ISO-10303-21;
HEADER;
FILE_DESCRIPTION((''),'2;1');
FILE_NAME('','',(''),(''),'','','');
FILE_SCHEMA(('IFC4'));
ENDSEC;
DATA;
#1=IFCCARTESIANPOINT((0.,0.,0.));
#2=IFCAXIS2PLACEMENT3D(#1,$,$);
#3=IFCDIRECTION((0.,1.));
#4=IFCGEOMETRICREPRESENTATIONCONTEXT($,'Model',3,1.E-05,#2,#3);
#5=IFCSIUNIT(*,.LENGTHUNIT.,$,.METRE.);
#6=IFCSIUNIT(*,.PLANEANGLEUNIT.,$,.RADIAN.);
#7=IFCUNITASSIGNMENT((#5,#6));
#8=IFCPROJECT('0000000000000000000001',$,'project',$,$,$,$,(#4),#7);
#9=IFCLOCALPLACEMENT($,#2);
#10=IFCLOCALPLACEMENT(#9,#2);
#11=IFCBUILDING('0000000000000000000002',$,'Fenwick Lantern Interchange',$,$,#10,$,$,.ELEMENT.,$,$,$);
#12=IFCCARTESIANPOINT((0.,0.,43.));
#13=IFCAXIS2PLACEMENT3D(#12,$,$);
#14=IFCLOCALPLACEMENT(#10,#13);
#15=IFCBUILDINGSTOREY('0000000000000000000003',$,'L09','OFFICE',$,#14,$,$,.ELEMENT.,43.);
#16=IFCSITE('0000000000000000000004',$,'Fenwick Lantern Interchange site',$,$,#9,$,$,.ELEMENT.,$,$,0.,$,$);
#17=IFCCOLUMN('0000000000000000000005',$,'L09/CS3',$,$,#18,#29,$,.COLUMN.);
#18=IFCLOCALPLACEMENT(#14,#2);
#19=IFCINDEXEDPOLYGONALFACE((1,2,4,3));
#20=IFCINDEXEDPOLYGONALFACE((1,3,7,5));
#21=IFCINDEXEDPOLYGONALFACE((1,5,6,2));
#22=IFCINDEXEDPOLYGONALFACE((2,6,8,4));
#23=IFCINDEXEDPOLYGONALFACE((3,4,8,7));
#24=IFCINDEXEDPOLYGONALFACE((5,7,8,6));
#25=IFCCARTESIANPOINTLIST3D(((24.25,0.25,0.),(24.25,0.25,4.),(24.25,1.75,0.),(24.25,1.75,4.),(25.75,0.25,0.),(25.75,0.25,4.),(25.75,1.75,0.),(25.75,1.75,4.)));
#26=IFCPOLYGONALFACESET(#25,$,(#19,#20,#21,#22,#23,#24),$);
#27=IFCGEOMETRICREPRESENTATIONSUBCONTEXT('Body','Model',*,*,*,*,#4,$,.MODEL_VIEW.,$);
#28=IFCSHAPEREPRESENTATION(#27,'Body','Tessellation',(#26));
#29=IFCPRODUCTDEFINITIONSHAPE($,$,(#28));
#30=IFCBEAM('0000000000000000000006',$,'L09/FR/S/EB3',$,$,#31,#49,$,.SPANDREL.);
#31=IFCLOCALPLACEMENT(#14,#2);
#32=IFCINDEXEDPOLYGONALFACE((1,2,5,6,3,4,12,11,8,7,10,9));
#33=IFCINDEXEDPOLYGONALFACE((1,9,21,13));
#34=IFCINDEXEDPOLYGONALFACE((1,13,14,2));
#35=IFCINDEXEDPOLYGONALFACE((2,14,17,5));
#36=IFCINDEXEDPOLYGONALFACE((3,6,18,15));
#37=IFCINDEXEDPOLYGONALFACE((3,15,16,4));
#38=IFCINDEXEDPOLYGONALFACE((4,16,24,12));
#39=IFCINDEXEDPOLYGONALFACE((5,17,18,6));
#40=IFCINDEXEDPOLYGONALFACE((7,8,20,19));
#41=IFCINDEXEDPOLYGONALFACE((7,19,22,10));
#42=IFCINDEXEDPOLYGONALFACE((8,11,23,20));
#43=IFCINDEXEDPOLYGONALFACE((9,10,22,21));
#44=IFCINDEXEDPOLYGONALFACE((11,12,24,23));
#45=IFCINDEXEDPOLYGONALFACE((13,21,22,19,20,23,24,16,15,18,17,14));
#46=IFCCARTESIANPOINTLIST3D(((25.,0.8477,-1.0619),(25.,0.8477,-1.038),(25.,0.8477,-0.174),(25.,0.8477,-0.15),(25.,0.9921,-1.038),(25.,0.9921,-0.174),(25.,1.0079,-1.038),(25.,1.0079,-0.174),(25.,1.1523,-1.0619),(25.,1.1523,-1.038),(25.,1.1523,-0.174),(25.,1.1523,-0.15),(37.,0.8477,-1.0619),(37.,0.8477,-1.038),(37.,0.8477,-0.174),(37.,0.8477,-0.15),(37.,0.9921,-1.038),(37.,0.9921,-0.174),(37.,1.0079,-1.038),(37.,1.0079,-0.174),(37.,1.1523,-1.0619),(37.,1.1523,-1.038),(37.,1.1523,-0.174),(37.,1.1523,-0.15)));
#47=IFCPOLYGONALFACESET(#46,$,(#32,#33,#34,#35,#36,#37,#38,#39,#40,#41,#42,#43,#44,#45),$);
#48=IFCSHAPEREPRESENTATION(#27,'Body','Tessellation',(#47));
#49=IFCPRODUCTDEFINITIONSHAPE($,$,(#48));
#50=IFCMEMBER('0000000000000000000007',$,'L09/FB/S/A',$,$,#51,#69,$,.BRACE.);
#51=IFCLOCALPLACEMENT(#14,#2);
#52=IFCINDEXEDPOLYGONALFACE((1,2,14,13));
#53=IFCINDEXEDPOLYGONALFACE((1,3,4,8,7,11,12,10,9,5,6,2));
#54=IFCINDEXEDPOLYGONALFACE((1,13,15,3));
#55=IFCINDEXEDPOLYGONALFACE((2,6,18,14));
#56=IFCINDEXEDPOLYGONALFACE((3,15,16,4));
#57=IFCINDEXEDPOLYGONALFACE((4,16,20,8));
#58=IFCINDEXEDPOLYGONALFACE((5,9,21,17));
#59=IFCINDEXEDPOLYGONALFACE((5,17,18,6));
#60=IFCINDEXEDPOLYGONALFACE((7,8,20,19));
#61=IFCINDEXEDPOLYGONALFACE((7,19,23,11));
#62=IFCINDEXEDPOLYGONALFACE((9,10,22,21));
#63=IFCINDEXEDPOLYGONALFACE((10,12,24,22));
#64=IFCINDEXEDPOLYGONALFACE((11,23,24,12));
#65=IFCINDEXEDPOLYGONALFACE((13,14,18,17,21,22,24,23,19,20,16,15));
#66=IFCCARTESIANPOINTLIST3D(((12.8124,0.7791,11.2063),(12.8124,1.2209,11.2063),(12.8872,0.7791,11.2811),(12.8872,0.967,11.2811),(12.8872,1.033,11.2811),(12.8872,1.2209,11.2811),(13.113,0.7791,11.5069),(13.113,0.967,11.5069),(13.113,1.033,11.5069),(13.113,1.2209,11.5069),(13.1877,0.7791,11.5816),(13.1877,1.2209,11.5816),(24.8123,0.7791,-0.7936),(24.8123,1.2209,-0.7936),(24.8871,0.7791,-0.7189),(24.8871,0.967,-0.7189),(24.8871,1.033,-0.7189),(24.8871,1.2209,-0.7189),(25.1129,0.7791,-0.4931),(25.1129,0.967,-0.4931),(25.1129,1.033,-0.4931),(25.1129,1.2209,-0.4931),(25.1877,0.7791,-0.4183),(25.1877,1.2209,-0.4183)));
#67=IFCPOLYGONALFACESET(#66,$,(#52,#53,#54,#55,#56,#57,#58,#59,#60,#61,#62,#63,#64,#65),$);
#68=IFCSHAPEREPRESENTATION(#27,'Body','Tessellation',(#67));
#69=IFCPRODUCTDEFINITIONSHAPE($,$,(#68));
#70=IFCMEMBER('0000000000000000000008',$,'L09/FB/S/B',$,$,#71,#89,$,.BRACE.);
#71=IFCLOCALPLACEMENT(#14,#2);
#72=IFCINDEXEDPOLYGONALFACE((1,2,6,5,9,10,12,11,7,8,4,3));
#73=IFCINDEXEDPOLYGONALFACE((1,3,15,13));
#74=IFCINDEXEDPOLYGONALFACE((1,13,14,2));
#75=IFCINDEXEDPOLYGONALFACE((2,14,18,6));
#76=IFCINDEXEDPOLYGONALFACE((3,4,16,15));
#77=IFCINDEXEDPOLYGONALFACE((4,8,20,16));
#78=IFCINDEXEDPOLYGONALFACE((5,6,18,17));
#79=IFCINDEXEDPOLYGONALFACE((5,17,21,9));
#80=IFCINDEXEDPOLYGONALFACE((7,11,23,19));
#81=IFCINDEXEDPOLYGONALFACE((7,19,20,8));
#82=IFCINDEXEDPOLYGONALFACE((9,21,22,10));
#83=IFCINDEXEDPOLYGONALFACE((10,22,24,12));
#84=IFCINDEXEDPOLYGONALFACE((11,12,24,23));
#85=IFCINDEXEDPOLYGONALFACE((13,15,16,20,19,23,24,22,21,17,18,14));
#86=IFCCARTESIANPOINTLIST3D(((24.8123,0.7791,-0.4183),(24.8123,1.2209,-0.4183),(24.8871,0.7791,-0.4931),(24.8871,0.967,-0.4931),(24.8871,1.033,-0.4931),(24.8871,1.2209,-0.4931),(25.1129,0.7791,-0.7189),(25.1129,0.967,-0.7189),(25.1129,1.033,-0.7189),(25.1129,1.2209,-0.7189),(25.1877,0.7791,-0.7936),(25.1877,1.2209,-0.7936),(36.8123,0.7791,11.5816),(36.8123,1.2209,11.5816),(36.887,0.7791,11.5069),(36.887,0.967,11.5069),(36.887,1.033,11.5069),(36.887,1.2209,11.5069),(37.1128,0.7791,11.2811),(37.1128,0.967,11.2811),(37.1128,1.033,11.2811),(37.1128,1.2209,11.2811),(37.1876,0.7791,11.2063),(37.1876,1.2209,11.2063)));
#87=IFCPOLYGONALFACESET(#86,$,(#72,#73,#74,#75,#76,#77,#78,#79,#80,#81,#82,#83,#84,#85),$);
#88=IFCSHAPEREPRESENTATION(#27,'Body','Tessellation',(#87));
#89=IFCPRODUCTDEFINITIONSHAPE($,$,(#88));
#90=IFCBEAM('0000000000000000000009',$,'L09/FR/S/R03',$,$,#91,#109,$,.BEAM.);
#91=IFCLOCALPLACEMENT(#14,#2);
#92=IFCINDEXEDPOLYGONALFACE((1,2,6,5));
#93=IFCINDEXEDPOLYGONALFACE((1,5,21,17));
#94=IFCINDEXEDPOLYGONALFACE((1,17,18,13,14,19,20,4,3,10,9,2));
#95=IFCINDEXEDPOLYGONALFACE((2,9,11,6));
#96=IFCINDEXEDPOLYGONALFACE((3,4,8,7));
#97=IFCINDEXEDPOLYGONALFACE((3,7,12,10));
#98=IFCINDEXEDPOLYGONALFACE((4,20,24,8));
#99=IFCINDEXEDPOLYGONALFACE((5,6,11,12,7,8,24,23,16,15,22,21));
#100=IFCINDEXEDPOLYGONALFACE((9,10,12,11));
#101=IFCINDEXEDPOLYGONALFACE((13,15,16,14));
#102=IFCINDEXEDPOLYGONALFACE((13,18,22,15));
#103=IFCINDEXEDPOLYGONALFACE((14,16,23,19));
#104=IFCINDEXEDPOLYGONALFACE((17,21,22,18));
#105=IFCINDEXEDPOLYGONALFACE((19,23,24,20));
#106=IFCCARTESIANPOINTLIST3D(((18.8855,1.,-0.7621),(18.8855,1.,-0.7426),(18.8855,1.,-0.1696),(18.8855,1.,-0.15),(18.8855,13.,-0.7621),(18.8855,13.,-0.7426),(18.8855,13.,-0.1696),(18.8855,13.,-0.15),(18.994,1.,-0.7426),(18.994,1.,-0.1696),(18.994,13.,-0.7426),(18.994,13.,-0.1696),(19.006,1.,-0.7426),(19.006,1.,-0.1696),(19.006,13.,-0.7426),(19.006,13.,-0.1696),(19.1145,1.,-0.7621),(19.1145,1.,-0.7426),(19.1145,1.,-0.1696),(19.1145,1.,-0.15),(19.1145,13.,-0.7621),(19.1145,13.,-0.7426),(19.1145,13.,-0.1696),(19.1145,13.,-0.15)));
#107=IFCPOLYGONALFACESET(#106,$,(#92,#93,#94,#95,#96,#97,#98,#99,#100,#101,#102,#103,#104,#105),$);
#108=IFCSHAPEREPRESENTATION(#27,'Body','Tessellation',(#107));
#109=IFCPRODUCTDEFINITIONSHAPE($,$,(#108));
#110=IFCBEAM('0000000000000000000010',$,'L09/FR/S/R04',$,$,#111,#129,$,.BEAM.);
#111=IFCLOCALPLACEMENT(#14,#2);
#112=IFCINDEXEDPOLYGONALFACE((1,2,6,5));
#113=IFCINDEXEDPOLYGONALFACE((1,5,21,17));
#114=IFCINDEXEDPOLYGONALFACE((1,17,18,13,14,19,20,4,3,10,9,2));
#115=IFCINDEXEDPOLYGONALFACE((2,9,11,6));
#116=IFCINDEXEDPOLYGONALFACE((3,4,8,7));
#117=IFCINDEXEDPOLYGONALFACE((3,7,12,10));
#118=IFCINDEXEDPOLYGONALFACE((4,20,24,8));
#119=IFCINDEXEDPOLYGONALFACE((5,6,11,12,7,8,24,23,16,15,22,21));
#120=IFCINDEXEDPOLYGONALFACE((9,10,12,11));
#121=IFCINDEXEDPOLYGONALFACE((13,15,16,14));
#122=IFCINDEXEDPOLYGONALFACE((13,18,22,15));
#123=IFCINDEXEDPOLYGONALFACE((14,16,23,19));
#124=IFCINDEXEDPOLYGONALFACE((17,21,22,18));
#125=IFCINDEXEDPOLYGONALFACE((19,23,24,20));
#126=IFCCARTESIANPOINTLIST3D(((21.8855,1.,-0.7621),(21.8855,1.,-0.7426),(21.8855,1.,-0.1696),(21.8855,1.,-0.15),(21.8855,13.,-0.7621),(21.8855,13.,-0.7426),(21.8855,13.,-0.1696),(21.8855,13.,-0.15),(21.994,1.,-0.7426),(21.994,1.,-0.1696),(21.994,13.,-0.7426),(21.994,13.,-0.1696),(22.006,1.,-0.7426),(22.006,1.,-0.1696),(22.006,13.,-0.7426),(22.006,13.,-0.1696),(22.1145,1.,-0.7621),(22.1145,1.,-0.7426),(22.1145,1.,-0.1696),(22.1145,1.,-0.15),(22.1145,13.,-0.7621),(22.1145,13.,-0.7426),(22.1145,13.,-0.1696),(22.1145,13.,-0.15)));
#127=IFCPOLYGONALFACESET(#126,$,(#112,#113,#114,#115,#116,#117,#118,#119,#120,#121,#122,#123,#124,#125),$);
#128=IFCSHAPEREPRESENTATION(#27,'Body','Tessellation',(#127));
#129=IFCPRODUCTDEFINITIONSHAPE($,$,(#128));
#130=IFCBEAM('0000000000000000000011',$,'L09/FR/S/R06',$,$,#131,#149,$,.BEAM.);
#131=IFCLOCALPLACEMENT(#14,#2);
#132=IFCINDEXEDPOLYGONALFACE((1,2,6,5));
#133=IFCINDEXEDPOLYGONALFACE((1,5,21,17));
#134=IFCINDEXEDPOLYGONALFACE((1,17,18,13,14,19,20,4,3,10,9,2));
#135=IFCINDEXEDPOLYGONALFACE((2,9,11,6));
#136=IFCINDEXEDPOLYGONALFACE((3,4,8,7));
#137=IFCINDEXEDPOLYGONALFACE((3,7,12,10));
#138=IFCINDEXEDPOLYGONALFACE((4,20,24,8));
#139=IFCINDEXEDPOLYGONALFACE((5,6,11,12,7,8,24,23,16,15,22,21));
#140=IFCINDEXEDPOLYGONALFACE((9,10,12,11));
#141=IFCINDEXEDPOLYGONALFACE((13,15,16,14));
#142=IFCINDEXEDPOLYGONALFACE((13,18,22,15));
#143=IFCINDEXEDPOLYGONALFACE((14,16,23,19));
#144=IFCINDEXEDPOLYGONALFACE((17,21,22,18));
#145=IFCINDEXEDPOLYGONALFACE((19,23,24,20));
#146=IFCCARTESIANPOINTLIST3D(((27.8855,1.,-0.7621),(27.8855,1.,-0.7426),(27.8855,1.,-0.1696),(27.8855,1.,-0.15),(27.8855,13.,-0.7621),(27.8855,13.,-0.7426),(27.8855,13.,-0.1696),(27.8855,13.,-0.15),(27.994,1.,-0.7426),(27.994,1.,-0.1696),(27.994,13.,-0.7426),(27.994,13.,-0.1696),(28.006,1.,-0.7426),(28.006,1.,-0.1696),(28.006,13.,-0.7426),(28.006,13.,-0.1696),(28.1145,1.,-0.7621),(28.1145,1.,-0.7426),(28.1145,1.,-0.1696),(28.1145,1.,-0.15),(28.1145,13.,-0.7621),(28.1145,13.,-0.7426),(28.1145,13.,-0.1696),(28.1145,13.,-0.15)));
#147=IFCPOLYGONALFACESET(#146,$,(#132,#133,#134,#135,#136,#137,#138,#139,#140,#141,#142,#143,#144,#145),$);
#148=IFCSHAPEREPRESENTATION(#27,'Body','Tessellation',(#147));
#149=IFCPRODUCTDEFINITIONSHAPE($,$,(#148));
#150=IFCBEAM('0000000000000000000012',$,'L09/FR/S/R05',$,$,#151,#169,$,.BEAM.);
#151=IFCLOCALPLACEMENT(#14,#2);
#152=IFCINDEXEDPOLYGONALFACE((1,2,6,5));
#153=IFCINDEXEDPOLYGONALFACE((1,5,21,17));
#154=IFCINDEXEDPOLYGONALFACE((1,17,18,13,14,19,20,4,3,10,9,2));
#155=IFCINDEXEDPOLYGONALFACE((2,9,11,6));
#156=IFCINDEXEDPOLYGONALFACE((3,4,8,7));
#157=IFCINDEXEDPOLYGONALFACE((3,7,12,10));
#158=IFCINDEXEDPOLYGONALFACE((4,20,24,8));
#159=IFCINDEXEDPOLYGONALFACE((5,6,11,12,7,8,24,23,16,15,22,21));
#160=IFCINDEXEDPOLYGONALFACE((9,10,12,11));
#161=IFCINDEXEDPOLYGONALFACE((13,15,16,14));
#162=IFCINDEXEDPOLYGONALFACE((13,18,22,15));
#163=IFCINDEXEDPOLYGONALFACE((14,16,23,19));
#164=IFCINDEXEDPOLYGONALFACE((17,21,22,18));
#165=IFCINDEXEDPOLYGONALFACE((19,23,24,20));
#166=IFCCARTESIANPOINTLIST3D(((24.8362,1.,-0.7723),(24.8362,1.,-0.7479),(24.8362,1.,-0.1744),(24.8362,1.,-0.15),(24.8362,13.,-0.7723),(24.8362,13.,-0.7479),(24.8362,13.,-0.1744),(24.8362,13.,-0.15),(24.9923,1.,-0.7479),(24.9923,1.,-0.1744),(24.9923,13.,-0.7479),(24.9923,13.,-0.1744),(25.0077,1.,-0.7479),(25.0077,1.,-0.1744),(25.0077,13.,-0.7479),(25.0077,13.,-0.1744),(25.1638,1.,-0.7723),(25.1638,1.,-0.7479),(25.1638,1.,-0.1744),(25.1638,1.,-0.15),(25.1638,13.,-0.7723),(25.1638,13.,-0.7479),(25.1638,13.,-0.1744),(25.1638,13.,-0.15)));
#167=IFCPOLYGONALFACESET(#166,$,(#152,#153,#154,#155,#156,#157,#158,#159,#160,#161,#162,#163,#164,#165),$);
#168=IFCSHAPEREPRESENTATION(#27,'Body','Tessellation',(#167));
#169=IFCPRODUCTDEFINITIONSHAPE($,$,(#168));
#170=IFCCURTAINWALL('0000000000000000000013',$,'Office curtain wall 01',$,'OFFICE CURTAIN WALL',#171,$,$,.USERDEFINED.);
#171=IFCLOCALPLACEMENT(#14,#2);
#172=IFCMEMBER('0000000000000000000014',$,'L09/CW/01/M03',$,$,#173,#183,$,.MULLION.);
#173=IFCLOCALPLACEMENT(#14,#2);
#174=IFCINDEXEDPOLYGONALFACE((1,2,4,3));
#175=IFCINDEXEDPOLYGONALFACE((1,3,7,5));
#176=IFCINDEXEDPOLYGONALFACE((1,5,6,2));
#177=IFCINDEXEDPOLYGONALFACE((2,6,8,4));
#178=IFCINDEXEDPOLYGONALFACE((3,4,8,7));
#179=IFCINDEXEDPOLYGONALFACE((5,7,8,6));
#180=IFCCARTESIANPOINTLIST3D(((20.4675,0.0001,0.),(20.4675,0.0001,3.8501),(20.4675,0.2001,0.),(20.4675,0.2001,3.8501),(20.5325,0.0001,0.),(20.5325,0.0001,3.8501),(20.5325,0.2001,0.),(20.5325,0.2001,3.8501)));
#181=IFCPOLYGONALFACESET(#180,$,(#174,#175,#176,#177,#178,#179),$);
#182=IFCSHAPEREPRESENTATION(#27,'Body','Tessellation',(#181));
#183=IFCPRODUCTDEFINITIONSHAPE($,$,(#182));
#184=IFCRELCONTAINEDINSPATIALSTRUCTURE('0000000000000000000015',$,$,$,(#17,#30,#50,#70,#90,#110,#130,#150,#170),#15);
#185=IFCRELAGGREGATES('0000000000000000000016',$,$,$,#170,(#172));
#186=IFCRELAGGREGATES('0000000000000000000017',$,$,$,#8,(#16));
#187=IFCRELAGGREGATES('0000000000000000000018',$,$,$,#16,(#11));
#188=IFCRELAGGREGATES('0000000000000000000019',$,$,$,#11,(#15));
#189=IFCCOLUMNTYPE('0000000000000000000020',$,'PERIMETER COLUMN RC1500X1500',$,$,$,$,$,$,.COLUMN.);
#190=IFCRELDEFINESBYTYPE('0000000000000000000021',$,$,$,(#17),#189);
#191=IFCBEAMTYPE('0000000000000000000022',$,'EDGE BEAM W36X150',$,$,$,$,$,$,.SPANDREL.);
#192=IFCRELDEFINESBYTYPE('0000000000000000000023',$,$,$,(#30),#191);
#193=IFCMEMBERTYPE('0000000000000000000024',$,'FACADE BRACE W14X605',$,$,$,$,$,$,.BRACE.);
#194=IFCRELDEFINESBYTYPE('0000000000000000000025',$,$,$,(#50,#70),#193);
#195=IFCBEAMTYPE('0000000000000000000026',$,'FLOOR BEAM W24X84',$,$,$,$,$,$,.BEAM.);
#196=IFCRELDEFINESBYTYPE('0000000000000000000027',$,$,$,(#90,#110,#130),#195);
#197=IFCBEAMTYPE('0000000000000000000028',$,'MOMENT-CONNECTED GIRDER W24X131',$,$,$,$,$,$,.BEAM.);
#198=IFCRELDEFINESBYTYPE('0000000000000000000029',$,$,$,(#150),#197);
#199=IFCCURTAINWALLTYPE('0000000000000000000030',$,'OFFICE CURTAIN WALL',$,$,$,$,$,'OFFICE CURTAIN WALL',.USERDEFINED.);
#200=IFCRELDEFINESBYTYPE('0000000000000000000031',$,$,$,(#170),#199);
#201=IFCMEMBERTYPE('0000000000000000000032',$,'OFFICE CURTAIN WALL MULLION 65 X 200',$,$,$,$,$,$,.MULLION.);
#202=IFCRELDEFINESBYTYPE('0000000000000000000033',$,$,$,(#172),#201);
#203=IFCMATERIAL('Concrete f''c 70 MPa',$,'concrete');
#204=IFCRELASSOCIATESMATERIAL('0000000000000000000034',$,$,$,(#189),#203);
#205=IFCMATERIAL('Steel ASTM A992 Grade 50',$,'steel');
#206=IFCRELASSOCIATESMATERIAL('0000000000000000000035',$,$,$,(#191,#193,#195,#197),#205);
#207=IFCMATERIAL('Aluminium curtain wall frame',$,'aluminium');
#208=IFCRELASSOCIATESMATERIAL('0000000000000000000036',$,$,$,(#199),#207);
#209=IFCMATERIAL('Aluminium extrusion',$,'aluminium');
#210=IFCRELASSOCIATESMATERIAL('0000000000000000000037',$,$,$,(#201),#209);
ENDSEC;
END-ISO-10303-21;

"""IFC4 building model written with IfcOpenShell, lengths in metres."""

from ifc_helpers import new_model, si_unit, direction, frame, origin, origin_2d, place, context, subcontext, project, spatial, rectangle, i_section, extrude, material, material_profile, profile_set, type_object, element, aggregate, save


model = new_model("IFC4")

# Units and contexts
model_context = context("Model", 3, precision=1e-05, world=origin(), true_north=direction((0.0, 1.0)))
body_context = subcontext(model_context, "Body", "Model", "MODEL_VIEW")
ifc_project = project(units=[si_unit("LENGTHUNIT", "METRE"), si_unit("PLANEANGLEUNIT", "RADIAN")], contexts=[model_context])

# Site, building, storey
site_placement = place(None, origin())
site = spatial("IfcSite", under=ifc_project, at=site_placement, Name="Fenwick Lantern Interchange site", CompositionType="ELEMENT", RefElevation=0.0)
building_placement = place(site_placement, origin())
building = spatial("IfcBuilding", under=site, at=building_placement, Name="Fenwick Lantern Interchange", CompositionType="ELEMENT")
storey_placement = place(building_placement, frame((0.0, 0.0, 43.0)))
storey = spatial("IfcBuildingStorey", under=building, at=storey_placement, Name="L09", Description="OFFICE", CompositionType="ELEMENT", Elevation=43.0)

# Column
ifc_material_1 = material(Name="Concrete f'c 70 MPa", Category="concrete")
ifc_material_profile_1 = material_profile(ifc_material_1, rectangle(XDim=1.5, YDim=1.5, at=origin_2d()), Name="RC1500X1500")
ifc_profile_set_1 = profile_set([ifc_material_profile_1], Name="Concrete f'c 70 MPa")
column_type = type_object("IfcColumnType", Name="PERIMETER COLUMN RC1500X1500", PredefinedType="COLUMN", material=ifc_profile_set_1)
column_placement = place(storey_placement, frame((25.0, 1.0, 0.0), z_axis=(0.0, 0.0, 1.0), x_axis=(1.0, 0.0, 0.0)))
element("IfcColumn", 1, at=column_placement, inside=storey, type_object=column_type, Name="L09/CS3", PredefinedType="COLUMN", context=body_context, shape_type="SweptSolid", body=[
    extrude(rectangle(XDim=1.5, YDim=1.5, at=origin_2d()), origin(), (0.0, 0.0, 1.0), 4.0),
])

# Beam
ifc_material_2 = material(Name="Steel ASTM A992 Grade 50", Category="steel")
ifc_material_profile_2 = material_profile(ifc_material_2, i_section(OverallWidth=0.3047, OverallDepth=0.9119, WebThickness=0.0159, FlangeThickness=0.0239, at=origin_2d()), Name="W36X150")
ifc_profile_set_2 = profile_set([ifc_material_profile_2], Name="Steel ASTM A992 Grade 50")
beam_type_1 = type_object("IfcBeamType", Name="EDGE BEAM W36X150", PredefinedType="SPANDREL", material=ifc_profile_set_2)
beam_1_placement = place(storey_placement, frame((25.0, 1.0, -0.606), z_axis=(1.0, 0.0, 0.0), x_axis=(0.0, 1.0, 0.0)))
element("IfcBeam", 2, at=beam_1_placement, inside=storey, type_object=beam_type_1, Name="L09/FR/S/EB3", PredefinedType="SPANDREL", context=body_context, shape_type="SweptSolid", body=[
    extrude(i_section(OverallWidth=0.3047, OverallDepth=0.9119, WebThickness=0.0159, FlangeThickness=0.0239, at=origin_2d()), origin(), (0.0, 0.0, 1.0), 12.0),
])

# Members
ifc_material_profile_3 = material_profile(ifc_material_2, i_section(OverallWidth=0.4419, OverallDepth=0.5308, WebThickness=0.0659, FlangeThickness=0.1057, at=origin_2d()), Name="W14X605")
ifc_profile_set_3 = profile_set([ifc_material_profile_3], Name="Steel ASTM A992 Grade 50")
member_type_1 = type_object("IfcMemberType", Name="FACADE BRACE W14X605", PredefinedType="BRACE", material=ifc_profile_set_3)
for number, where, z_axis, x_axis, name in (
    (3, (25.0, 1.0, -0.606), (-0.707107, 0.0, 0.707107), (0.0, -1.0, 0.0), "L09/FB/S/A"),
    (4, (25.0, 1.0, -0.606), (0.707107, 0.0, 0.707107), (0.0, 1.0, 0.0), "L09/FB/S/B"),
):
    element("IfcMember", number, at=place(storey_placement, frame(where, z_axis=z_axis, x_axis=x_axis)), inside=storey, type_object=member_type_1, Name=name, PredefinedType="BRACE", context=body_context, shape_type="SweptSolid", body=[
        extrude(i_section(OverallWidth=0.4419, OverallDepth=0.5308, WebThickness=0.0659, FlangeThickness=0.1057, at=origin_2d()), origin(), (0.0, 0.0, 1.0), 16.9705),
    ])

# Beams
ifc_material_profile_4 = material_profile(ifc_material_2, i_section(OverallWidth=0.229, OverallDepth=0.6121, WebThickness=0.012, FlangeThickness=0.0195, at=origin_2d()), Name="W24X84")
ifc_profile_set_4 = profile_set([ifc_material_profile_4], Name="Steel ASTM A992 Grade 50")
beam_type_2 = type_object("IfcBeamType", Name="FLOOR BEAM W24X84", PredefinedType="BEAM", material=ifc_profile_set_4)
for number, where, z_axis, x_axis, name in (
    (5, (19.0, 1.0, -0.4561), (0.0, 1.0, 0.0), (-1.0, 0.0, 0.0), "L09/FR/S/R03"),
    (6, (22.0, 1.0, -0.4561), (0.0, 1.0, 0.0), (-1.0, 0.0, 0.0), "L09/FR/S/R04"),
    (7, (28.0, 1.0, -0.4561), (0.0, 1.0, 0.0), (-1.0, 0.0, 0.0), "L09/FR/S/R06"),
):
    element("IfcBeam", number, at=place(storey_placement, frame(where, z_axis=z_axis, x_axis=x_axis)), inside=storey, type_object=beam_type_2, Name=name, PredefinedType="BEAM", context=body_context, shape_type="SweptSolid", body=[
        extrude(i_section(OverallWidth=0.229, OverallDepth=0.6121, WebThickness=0.012, FlangeThickness=0.0195, at=origin_2d()), origin(), (0.0, 0.0, 1.0), 12.0),
    ])
ifc_material_profile_5 = material_profile(ifc_material_2, i_section(OverallWidth=0.3276, OverallDepth=0.6223, WebThickness=0.0154, FlangeThickness=0.0244, at=origin_2d()), Name="W24X131")
ifc_profile_set_5 = profile_set([ifc_material_profile_5], Name="Steel ASTM A992 Grade 50")
beam_type_3 = type_object("IfcBeamType", Name="MOMENT-CONNECTED GIRDER W24X131", PredefinedType="BEAM", material=ifc_profile_set_5)
beam_2_placement = place(storey_placement, frame((25.0, 1.0, -0.4612), z_axis=(0.0, 1.0, 0.0), x_axis=(-1.0, 0.0, 0.0)))
element("IfcBeam", 8, at=beam_2_placement, inside=storey, type_object=beam_type_3, Name="L09/FR/S/R05", PredefinedType="BEAM", context=body_context, shape_type="SweptSolid", body=[
    extrude(i_section(OverallWidth=0.3276, OverallDepth=0.6223, WebThickness=0.0154, FlangeThickness=0.0244, at=origin_2d()), origin(), (0.0, 0.0, 1.0), 12.0),
])

# Curtain wall, member
ifc_material_3 = material(Name="Aluminium curtain wall frame", Category="aluminium")
curtain_wall_type = type_object("IfcCurtainWallType", Name="OFFICE CURTAIN WALL", ElementType="OFFICE CURTAIN WALL", PredefinedType="USERDEFINED", material=ifc_material_3)
curtain_wall_placement = place(storey_placement, origin())
curtain_wall = element("IfcCurtainWall", 9, at=curtain_wall_placement, inside=storey, type_object=curtain_wall_type, Name="Office curtain wall 01", ObjectType="OFFICE CURTAIN WALL", PredefinedType="USERDEFINED")
ifc_material_4 = material(Name="Aluminium extrusion", Category="aluminium")
ifc_material_profile_6 = material_profile(ifc_material_4, rectangle(XDim=0.2, YDim=0.0649, at=origin_2d()), Name="OFFICE CURTAIN WALL MULLION 65 X 200")
ifc_profile_set_6 = profile_set([ifc_material_profile_6], Name="Aluminium extrusion")
member_type_2 = type_object("IfcMemberType", Name="OFFICE CURTAIN WALL MULLION 65 X 200", PredefinedType="MULLION", material=ifc_profile_set_6)
member_1_placement = place(storey_placement, frame((20.5, 0.1001, 0.0), z_axis=(0.0, 0.0, 1.0), x_axis=(0.0, 1.0, 0.0)))
member_1 = element("IfcMember", 10, at=member_1_placement, type_object=member_type_2, Name="L09/CW/01/M03", PredefinedType="MULLION", context=body_context, shape_type="SweptSolid", body=[
    extrude(rectangle(XDim=0.2, YDim=0.0649, at=origin_2d()), origin(), (0.0, 0.0, 1.0), 3.8501),
])
aggregate(curtain_wall, [member_1])

save(model, "model.ifc")
